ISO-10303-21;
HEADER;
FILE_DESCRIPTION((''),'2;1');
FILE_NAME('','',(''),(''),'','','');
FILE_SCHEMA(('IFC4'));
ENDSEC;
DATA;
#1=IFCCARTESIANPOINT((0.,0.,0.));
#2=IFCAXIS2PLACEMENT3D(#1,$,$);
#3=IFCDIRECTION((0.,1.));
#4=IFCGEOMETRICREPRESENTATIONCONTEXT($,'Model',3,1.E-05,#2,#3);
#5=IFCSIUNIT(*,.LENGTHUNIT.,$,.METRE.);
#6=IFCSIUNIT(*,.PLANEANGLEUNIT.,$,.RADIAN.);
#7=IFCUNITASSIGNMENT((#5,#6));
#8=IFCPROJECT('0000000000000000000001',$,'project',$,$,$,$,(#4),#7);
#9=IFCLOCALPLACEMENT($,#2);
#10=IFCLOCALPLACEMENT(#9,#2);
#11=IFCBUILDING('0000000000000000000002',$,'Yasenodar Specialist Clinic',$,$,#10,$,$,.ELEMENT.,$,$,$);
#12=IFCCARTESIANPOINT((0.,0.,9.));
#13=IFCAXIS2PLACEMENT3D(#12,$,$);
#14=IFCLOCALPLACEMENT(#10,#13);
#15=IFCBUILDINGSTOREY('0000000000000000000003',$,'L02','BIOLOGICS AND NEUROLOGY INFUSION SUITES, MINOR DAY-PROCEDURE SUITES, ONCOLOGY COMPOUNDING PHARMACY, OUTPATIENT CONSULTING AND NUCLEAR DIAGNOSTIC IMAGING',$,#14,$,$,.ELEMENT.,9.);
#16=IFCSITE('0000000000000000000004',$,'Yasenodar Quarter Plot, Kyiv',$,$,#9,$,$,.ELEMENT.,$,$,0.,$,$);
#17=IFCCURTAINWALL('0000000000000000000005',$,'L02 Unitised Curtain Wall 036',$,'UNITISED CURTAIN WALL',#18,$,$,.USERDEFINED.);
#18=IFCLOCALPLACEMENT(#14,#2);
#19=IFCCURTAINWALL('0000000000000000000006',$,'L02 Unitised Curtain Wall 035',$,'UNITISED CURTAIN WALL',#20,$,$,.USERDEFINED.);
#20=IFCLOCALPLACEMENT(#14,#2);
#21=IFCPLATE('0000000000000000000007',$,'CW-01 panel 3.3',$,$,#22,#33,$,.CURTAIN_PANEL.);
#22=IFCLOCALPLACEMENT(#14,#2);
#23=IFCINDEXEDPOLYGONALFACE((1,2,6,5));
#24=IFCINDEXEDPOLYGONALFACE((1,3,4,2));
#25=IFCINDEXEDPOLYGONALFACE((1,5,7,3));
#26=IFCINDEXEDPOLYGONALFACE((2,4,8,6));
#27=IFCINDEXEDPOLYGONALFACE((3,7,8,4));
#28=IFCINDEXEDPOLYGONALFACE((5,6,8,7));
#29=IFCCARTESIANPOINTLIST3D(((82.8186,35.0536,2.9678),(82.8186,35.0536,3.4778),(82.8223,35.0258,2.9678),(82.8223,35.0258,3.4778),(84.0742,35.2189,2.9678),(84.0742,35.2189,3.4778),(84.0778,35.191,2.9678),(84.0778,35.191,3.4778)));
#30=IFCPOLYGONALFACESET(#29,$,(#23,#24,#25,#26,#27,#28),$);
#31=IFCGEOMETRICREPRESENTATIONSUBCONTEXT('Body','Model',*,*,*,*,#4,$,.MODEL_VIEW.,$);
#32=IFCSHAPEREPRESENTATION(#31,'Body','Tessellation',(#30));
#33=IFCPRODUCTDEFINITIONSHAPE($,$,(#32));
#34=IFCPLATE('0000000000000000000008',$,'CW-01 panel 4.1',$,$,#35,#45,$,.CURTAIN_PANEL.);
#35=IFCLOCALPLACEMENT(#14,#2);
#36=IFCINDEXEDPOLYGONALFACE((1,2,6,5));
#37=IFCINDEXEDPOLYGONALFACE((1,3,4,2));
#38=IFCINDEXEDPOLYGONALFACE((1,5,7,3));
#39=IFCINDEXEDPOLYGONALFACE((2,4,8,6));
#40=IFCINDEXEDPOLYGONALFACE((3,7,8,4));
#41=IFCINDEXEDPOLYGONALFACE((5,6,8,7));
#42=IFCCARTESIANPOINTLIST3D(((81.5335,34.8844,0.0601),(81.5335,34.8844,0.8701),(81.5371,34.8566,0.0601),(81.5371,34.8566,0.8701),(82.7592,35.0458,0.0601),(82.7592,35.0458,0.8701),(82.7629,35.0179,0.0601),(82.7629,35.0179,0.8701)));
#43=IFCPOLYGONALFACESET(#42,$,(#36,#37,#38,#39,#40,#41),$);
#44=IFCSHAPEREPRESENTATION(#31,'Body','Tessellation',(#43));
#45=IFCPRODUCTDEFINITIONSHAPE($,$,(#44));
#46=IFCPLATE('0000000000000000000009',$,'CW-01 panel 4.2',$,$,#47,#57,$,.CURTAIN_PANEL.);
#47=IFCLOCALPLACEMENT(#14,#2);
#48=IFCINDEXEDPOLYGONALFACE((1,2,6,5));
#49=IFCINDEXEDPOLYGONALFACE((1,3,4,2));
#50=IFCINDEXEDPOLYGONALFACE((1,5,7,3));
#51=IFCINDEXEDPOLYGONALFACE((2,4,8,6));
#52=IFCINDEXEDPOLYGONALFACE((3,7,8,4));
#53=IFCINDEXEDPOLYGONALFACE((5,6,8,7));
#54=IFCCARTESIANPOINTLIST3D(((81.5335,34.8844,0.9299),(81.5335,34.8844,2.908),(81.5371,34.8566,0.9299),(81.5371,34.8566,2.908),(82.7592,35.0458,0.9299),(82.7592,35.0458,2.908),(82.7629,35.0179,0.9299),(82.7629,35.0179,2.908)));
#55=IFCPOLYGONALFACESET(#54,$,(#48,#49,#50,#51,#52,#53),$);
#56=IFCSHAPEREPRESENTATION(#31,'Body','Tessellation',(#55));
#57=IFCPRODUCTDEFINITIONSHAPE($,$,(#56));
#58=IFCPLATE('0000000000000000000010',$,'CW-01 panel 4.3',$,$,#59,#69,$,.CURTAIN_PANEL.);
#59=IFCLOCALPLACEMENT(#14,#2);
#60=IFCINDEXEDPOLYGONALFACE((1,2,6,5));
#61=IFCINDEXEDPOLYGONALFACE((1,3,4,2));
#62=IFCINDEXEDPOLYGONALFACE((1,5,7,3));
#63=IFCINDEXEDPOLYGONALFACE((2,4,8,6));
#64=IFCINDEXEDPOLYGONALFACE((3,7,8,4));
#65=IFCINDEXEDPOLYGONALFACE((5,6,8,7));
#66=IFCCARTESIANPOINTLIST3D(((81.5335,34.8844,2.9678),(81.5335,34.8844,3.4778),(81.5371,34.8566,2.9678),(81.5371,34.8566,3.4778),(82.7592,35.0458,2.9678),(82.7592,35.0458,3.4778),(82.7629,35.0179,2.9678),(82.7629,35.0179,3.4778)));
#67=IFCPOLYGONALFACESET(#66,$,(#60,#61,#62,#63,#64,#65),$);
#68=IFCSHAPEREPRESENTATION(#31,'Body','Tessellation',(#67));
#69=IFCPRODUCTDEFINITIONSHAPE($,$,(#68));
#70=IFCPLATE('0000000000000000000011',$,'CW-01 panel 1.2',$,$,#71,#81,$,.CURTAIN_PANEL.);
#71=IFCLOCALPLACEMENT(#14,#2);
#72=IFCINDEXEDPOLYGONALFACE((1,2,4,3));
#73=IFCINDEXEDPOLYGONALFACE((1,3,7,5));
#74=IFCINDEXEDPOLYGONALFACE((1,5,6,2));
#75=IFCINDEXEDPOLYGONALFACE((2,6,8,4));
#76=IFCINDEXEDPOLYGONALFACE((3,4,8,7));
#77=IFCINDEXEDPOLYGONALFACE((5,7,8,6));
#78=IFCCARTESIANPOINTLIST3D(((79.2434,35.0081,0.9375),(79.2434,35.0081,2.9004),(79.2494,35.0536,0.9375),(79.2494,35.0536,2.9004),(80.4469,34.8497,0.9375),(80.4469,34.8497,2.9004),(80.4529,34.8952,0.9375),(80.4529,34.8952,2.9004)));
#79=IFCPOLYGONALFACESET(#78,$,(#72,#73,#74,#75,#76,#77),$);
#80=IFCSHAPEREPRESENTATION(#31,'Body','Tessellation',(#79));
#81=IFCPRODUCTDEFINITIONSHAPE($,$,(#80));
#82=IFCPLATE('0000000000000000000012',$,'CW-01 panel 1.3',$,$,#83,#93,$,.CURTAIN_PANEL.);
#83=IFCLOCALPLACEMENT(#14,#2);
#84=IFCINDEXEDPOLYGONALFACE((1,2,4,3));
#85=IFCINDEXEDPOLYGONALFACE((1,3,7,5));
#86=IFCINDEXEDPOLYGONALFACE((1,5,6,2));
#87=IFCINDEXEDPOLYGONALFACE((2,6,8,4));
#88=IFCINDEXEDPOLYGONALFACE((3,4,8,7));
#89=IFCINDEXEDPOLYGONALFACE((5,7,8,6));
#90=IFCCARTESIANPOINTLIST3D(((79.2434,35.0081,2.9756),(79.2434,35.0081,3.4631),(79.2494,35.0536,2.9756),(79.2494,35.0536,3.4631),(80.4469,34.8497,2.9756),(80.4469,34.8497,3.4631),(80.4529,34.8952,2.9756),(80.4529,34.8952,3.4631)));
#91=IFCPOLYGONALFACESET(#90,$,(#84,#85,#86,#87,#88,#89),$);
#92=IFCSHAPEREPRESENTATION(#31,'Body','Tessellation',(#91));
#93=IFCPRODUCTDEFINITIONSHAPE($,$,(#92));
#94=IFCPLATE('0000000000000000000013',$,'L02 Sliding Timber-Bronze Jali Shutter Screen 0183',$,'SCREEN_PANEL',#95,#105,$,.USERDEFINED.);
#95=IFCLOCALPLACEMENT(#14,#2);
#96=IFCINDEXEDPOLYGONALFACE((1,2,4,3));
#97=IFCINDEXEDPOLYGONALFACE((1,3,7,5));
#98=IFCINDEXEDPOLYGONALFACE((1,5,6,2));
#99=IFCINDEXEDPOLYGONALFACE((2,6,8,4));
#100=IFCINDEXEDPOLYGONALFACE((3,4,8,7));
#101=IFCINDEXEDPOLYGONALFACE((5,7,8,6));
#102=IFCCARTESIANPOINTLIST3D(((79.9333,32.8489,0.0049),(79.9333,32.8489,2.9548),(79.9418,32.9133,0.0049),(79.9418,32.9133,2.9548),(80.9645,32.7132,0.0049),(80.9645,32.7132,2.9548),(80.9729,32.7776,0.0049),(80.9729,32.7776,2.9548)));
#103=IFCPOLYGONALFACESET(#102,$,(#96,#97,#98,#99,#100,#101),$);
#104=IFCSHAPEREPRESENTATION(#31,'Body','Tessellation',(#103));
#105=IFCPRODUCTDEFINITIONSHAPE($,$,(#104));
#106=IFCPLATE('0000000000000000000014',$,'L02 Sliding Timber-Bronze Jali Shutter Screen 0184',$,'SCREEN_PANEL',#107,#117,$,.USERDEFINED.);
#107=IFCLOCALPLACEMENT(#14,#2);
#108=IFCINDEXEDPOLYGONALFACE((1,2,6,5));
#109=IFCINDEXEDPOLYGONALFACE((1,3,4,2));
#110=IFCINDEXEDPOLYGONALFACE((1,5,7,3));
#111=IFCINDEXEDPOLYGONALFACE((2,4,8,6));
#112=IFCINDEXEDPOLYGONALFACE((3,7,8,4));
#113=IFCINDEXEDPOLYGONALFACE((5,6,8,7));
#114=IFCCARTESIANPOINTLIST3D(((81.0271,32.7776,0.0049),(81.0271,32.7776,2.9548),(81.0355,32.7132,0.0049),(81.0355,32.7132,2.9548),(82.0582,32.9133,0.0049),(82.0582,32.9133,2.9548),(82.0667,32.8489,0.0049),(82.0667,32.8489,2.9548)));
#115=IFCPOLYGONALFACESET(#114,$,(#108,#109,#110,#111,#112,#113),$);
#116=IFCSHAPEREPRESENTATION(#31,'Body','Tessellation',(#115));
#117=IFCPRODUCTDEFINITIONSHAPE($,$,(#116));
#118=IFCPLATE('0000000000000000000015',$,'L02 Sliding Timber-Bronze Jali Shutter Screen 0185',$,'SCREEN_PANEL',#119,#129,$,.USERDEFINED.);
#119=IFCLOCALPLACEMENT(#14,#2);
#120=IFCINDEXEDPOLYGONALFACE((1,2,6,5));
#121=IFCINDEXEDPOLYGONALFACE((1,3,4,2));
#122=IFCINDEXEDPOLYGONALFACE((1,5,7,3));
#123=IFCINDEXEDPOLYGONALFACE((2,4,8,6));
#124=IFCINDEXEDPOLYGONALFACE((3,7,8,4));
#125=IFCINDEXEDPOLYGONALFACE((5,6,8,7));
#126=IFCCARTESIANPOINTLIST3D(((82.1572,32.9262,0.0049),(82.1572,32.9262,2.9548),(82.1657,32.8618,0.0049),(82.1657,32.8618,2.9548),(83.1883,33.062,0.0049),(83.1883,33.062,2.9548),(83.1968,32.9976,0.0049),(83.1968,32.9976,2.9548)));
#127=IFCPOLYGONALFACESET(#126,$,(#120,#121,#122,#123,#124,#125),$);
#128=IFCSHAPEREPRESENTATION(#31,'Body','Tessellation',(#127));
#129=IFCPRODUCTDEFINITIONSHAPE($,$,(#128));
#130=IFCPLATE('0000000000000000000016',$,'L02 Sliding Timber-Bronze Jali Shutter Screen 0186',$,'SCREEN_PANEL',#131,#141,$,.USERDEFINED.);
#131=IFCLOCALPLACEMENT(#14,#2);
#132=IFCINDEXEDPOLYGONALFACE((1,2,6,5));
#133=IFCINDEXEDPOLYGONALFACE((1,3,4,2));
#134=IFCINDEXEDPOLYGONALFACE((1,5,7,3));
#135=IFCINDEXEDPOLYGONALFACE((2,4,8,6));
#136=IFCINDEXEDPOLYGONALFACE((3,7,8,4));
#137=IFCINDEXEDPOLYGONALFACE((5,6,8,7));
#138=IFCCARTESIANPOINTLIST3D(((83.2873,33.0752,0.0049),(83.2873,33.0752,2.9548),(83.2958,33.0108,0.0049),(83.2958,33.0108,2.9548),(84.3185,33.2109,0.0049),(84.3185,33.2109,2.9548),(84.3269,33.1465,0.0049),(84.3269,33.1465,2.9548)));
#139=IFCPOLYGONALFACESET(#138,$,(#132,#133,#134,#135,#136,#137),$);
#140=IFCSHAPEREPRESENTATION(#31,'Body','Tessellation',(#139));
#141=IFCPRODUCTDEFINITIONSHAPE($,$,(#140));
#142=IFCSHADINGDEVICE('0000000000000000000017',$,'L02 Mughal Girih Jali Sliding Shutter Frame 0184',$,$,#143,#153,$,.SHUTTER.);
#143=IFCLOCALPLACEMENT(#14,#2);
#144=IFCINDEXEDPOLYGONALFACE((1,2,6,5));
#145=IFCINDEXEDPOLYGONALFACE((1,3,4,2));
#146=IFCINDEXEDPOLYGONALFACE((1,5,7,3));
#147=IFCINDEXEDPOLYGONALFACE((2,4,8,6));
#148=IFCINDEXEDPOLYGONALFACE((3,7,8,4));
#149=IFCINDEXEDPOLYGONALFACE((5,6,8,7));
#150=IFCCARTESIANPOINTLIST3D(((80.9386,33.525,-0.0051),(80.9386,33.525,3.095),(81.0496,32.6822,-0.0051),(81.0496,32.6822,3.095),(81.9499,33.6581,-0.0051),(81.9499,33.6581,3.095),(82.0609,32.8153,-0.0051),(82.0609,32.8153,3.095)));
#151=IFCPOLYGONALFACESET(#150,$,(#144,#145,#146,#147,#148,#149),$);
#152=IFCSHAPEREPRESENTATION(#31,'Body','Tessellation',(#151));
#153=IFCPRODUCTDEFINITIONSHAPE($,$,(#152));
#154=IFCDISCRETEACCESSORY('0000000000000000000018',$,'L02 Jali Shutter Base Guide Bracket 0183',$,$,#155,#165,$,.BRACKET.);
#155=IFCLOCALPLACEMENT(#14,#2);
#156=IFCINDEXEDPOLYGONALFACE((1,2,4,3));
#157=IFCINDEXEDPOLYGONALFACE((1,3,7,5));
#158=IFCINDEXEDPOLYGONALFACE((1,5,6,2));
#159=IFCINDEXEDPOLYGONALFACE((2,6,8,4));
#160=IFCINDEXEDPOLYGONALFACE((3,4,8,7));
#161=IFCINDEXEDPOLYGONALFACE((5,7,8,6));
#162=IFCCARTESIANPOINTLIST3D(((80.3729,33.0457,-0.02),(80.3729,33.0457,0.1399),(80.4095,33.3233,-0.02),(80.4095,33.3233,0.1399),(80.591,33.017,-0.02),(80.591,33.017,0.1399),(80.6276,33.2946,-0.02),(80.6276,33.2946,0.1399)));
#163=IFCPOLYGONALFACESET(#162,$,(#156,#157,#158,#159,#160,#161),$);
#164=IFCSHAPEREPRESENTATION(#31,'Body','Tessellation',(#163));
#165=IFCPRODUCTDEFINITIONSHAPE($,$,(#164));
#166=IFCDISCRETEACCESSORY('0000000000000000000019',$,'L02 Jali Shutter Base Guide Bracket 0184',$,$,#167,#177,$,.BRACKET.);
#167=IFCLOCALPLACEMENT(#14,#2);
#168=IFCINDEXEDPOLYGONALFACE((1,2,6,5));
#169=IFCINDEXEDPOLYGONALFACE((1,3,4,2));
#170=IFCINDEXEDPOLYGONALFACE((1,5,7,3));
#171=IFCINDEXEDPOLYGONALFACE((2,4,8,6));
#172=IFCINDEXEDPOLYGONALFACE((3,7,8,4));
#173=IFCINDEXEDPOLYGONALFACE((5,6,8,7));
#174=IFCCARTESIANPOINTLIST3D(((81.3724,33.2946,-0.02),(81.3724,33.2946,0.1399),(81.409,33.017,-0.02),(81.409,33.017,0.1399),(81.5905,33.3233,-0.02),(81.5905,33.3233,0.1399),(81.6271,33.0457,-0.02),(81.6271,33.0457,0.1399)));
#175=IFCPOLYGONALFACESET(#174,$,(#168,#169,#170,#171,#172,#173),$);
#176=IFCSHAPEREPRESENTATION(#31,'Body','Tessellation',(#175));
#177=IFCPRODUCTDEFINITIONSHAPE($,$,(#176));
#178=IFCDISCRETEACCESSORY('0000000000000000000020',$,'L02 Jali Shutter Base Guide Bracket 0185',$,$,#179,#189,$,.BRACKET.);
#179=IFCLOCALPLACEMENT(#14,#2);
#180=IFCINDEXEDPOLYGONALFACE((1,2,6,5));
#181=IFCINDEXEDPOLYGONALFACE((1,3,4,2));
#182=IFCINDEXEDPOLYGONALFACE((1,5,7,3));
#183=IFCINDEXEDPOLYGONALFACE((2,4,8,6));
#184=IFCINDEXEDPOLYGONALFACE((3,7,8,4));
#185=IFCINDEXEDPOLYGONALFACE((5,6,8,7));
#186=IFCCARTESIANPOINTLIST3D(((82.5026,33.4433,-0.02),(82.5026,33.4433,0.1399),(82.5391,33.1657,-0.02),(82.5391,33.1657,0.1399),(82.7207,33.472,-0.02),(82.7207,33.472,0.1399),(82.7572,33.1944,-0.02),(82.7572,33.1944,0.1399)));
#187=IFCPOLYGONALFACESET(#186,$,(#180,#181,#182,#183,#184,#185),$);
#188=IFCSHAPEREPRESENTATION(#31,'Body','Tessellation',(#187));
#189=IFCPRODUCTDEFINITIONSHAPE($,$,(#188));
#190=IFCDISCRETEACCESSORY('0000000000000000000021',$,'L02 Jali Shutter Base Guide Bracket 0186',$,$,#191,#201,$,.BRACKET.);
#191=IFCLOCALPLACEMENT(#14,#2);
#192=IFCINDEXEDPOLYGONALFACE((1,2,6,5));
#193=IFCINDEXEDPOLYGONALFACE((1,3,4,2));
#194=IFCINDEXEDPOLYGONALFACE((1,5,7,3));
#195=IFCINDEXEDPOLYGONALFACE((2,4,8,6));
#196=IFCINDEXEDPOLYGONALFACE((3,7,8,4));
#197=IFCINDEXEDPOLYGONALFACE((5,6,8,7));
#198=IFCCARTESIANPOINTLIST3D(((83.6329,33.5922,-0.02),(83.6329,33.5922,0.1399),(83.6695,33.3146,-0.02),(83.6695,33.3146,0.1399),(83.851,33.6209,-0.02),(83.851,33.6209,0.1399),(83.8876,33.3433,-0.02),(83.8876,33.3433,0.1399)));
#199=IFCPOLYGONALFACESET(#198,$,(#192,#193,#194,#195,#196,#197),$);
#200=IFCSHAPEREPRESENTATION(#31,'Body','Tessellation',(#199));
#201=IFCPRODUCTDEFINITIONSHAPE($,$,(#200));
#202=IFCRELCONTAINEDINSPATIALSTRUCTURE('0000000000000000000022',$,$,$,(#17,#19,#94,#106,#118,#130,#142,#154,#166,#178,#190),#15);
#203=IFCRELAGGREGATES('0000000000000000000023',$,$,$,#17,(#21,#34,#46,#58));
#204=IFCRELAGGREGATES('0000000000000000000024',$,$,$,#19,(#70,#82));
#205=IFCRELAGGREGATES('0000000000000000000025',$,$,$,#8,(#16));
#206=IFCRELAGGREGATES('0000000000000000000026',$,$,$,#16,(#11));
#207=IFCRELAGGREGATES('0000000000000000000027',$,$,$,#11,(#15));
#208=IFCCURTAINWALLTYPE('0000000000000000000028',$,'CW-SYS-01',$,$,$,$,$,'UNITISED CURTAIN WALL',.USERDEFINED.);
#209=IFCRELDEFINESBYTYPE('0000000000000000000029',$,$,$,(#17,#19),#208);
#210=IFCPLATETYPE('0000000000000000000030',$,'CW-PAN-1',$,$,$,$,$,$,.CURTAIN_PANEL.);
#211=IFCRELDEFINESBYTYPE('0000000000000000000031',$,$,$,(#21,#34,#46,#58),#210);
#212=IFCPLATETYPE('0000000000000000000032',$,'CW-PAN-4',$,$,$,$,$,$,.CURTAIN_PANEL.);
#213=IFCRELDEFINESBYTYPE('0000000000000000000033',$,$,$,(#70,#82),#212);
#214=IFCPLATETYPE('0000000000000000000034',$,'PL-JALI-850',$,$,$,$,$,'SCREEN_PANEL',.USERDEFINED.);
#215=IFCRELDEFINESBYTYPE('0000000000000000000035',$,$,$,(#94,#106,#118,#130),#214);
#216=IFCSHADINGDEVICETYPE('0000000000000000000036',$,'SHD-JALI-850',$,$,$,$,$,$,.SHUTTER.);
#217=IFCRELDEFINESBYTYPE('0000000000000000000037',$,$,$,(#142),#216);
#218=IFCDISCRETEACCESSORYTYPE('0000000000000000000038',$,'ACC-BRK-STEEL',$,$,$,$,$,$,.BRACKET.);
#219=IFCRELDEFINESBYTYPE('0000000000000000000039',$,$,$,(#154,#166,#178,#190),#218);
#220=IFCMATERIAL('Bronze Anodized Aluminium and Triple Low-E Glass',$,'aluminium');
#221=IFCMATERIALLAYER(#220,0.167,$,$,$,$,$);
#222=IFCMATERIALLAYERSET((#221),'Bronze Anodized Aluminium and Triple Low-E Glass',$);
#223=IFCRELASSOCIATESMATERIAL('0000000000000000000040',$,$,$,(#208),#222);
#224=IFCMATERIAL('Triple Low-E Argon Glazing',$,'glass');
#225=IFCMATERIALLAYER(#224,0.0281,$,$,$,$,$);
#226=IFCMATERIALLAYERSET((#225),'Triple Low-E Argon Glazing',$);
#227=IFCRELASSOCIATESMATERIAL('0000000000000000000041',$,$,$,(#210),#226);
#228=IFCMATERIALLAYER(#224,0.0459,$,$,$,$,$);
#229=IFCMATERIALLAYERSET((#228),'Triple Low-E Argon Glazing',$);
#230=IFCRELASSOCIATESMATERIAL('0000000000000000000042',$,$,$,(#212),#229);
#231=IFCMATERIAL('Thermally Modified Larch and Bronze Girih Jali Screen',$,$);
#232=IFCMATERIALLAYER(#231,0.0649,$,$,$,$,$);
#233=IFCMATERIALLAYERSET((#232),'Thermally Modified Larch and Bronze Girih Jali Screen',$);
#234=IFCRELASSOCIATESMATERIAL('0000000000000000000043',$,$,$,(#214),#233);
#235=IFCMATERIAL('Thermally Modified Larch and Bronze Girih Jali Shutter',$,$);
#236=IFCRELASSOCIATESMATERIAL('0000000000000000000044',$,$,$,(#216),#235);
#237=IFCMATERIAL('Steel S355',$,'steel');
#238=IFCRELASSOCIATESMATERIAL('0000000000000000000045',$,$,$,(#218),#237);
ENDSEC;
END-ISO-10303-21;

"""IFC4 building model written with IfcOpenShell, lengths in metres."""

from ifc_helpers import new_model, si_unit, direction, frame, origin, origin_2d, place, context, subcontext, project, spatial, rectangle, extrude, material, layer, layer_set, type_object, element, aggregate, save


model = new_model("IFC4")

# Units and contexts
model_context = context("Model", 3, precision=1e-05, world=origin(), true_north=direction((0.0, 1.0)))
body_context = subcontext(model_context, "Body", "Model", "MODEL_VIEW")
ifc_project = project(units=[si_unit("LENGTHUNIT", "METRE"), si_unit("PLANEANGLEUNIT", "RADIAN")], contexts=[model_context])

# Site, building, storey
site_placement = place(None, origin())
site = spatial("IfcSite", under=ifc_project, at=site_placement, Name="Yasenodar Quarter Plot, Kyiv", CompositionType="ELEMENT", RefElevation=0.0)
building_placement = place(site_placement, origin())
building = spatial("IfcBuilding", under=site, at=building_placement, Name="Yasenodar Specialist Clinic", CompositionType="ELEMENT")
storey_placement = place(building_placement, frame((0.0, 0.0, 9.0)))
storey = spatial("IfcBuildingStorey", under=building, at=storey_placement, Name="L02", Description="BIOLOGICS AND NEUROLOGY INFUSION SUITES, MINOR DAY-PROCEDURE SUITES, ONCOLOGY COMPOUNDING PHARMACY, OUTPATIENT CONSULTING AND NUCLEAR DIAGNOSTIC IMAGING", CompositionType="ELEMENT", Elevation=9.0)

# Shared definitions
ifc_material_1 = material(Name="Steel S355", Category="steel")

# Curtain wall
ifc_material_2 = material(Name="Bronze Anodized Aluminium and Triple Low-E Glass", Category="aluminium")
ifc_layer_1 = layer(ifc_material_2, 0.167)
ifc_layer_set_1 = layer_set([ifc_layer_1], Name="Bronze Anodized Aluminium and Triple Low-E Glass")
curtain_wall_type = type_object("IfcCurtainWallType", Name="CW-SYS-01", ElementType="UNITISED CURTAIN WALL", PredefinedType="USERDEFINED", material=ifc_layer_set_1)
curtain_wall_1_placement = place(storey_placement, origin())
curtain_wall_1 = element("IfcCurtainWall", 1, at=curtain_wall_1_placement, inside=storey, type_object=curtain_wall_type, Name="L02 Unitised Curtain Wall 036", ObjectType="UNITISED CURTAIN WALL", PredefinedType="USERDEFINED")

# Curtain wall
curtain_wall_2_placement = place(storey_placement, origin())
curtain_wall_2 = element("IfcCurtainWall", 2, at=curtain_wall_2_placement, inside=storey, type_object=curtain_wall_type, Name="L02 Unitised Curtain Wall 035", ObjectType="UNITISED CURTAIN WALL", PredefinedType="USERDEFINED")

# Plates
ifc_material_3 = material(Name="Triple Low-E Argon Glazing", Category="glass")
ifc_layer_2 = layer(ifc_material_3, 0.0281)
ifc_layer_set_2 = layer_set([ifc_layer_2], Name="Triple Low-E Argon Glazing")
plate_type_1 = type_object("IfcPlateType", Name="CW-PAN-1", PredefinedType="CURTAIN_PANEL", material=ifc_layer_set_2)
plate_1_placement = place(storey_placement, frame((83.4482, 35.1223, 2.9678), z_axis=(0.0, 0.0, 1.0), x_axis=(-0.991447, -0.130512, 0.0)))
plate_1 = element("IfcPlate", 3, at=plate_1_placement, type_object=plate_type_1, Name="CW-01 panel 3.3", PredefinedType="CURTAIN_PANEL", context=body_context, shape_type="SweptSolid", body=[
    extrude(rectangle(XDim=1.2664, YDim=0.0281, at=origin_2d()), origin(), (0.0, 0.0, 1.0), 0.51),
])
plate_2_placement = place(storey_placement, frame((82.1482, 34.9512, 0.0601), z_axis=(0.0, 0.0, 1.0), x_axis=(-0.991447, -0.130512, 0.0)))
plate_2 = element("IfcPlate", 4, at=plate_2_placement, type_object=plate_type_1, Name="CW-01 panel 4.1", PredefinedType="CURTAIN_PANEL", context=body_context, shape_type="SweptSolid", body=[
    extrude(rectangle(XDim=1.2363, YDim=0.0281, at=origin_2d()), origin(), (0.0, 0.0, 1.0), 0.8101),
])
plate_3_placement = place(storey_placement, frame((82.1482, 34.9512, 0.9299), z_axis=(0.0, 0.0, 1.0), x_axis=(-0.991447, -0.130512, 0.0)))
plate_3 = element("IfcPlate", 5, at=plate_3_placement, type_object=plate_type_1, Name="CW-01 panel 4.2", PredefinedType="CURTAIN_PANEL", context=body_context, shape_type="SweptSolid", body=[
    extrude(rectangle(XDim=1.2363, YDim=0.0281, at=origin_2d()), origin(), (0.0, 0.0, 1.0), 1.978),
])
plate_4_placement = place(storey_placement, frame((82.1482, 34.9512, 2.9678), z_axis=(0.0, 0.0, 1.0), x_axis=(-0.991447, -0.130512, 0.0)))
plate_4 = element("IfcPlate", 6, at=plate_4_placement, type_object=plate_type_1, Name="CW-01 panel 4.3", PredefinedType="CURTAIN_PANEL", context=body_context, shape_type="SweptSolid", body=[
    extrude(rectangle(XDim=1.2363, YDim=0.0281, at=origin_2d()), origin(), (0.0, 0.0, 1.0), 0.51),
])
aggregate(curtain_wall_1, [plate_1, plate_2, plate_3, plate_4])
ifc_layer_3 = layer(ifc_material_3, 0.0459)
ifc_layer_set_3 = layer_set([ifc_layer_3], Name="Triple Low-E Argon Glazing")
plate_type_2 = type_object("IfcPlateType", Name="CW-PAN-4", PredefinedType="CURTAIN_PANEL", material=ifc_layer_set_3)
plate_5_placement = place(storey_placement, frame((79.8481, 34.9517, 0.9375), z_axis=(0.0, 0.0, 1.0), x_axis=(-0.991447, 0.130512, 0.0)))
plate_5 = element("IfcPlate", 7, at=plate_5_placement, type_object=plate_type_2, Name="CW-01 panel 1.2", PredefinedType="CURTAIN_PANEL", context=body_context, shape_type="SweptSolid", body=[
    extrude(rectangle(XDim=1.2139, YDim=0.0459, at=origin_2d()), origin(), (0.0, 0.0, 1.0), 1.9629),
])
plate_6_placement = place(storey_placement, frame((79.8481, 34.9517, 2.9756), z_axis=(0.0, 0.0, 1.0), x_axis=(-0.991447, 0.130512, 0.0)))
plate_6 = element("IfcPlate", 8, at=plate_6_placement, type_object=plate_type_2, Name="CW-01 panel 1.3", PredefinedType="CURTAIN_PANEL", context=body_context, shape_type="SweptSolid", body=[
    extrude(rectangle(XDim=1.2139, YDim=0.0459, at=origin_2d()), origin(), (0.0, 0.0, 1.0), 0.4875),
])
aggregate(curtain_wall_2, [plate_5, plate_6])

# Plates
ifc_material_4 = material(Name="Thermally Modified Larch and Bronze Girih Jali Screen")
ifc_layer_4 = layer(ifc_material_4, 0.0649)
ifc_layer_set_4 = layer_set([ifc_layer_4], Name="Thermally Modified Larch and Bronze Girih Jali Screen")
plate_type_3 = type_object("IfcPlateType", Name="PL-JALI-850", ElementType="SCREEN_PANEL", PredefinedType="USERDEFINED", material=ifc_layer_set_4)
for number, where, z_axis, x_axis, name in (
    (9, (80.4531, 32.8132, 0.0049), (0.0, 0.0, 1.0), (0.991446, -0.130519, 0.0), "L02 Sliding Timber-Bronze Jali Shutter Screen 0183"),
    (10, (81.5469, 32.8132, 0.0049), (0.0, 0.0, 1.0), (0.991446, 0.130519, 0.0), "L02 Sliding Timber-Bronze Jali Shutter Screen 0184"),
    (11, (82.677, 32.9619, 0.0049), (0.0, 0.0, 1.0), (0.991446, 0.130519, 0.0), "L02 Sliding Timber-Bronze Jali Shutter Screen 0185"),
    (12, (83.8071, 33.1108, 0.0049), (0.0, 0.0, 1.0), (0.991446, 0.130519, 0.0), "L02 Sliding Timber-Bronze Jali Shutter Screen 0186"),
):
    element("IfcPlate", number, at=place(storey_placement, frame(where, z_axis=z_axis, x_axis=x_axis)), inside=storey, type_object=plate_type_3, Name=name, ObjectType="SCREEN_PANEL", PredefinedType="USERDEFINED", context=body_context, shape_type="SweptSolid", body=[
        extrude(rectangle(XDim=1.04, YDim=0.0649, at=origin_2d()), origin(), (0.0, 0.0, 1.0), 2.95),
    ])

# Shading device
ifc_material_5 = material(Name="Thermally Modified Larch and Bronze Girih Jali Shutter")
shading_device_type = type_object("IfcShadingDeviceType", Name="SHD-JALI-850", PredefinedType="SHUTTER", material=ifc_material_5)
shading_device_placement = place(storey_placement, frame((81.4998, 33.1702, -0.0051), z_axis=(0.0, 0.0, 1.0), x_axis=(0.991446, 0.130519, 0.0)))
element("IfcShadingDevice", 13, at=shading_device_placement, inside=storey, type_object=shading_device_type, Name="L02 Mughal Girih Jali Sliding Shutter Frame 0184", PredefinedType="SHUTTER", context=body_context, shape_type="SweptSolid", body=[
    extrude(rectangle(XDim=1.02, YDim=0.8501, at=origin_2d()), origin(), (0.0, 0.0, 1.0), 3.1001),
])

# Discrete accessories
discrete_accessory_type = type_object("IfcDiscreteAccessoryType", Name="ACC-BRK-STEEL", PredefinedType="BRACKET", material=ifc_material_1)
for number, where, z_axis, x_axis, name in (
    (14, (80.5002, 33.1702, -0.02), (0.0, 0.0, 1.0), (0.991446, -0.130519, 0.0), "L02 Jali Shutter Base Guide Bracket 0183"),
    (15, (81.4998, 33.1702, -0.02), (0.0, 0.0, 1.0), (0.991446, 0.130519, 0.0), "L02 Jali Shutter Base Guide Bracket 0184"),
    (16, (82.6299, 33.3188, -0.02), (0.0, 0.0, 1.0), (0.991446, 0.130519, 0.0), "L02 Jali Shutter Base Guide Bracket 0185"),
    (17, (83.7603, 33.4678, -0.02), (0.0, 0.0, 1.0), (0.991446, 0.130519, 0.0), "L02 Jali Shutter Base Guide Bracket 0186"),
):
    element("IfcDiscreteAccessory", number, at=place(storey_placement, frame(where, z_axis=z_axis, x_axis=x_axis)), inside=storey, type_object=discrete_accessory_type, Name=name, PredefinedType="BRACKET", context=body_context, shape_type="SweptSolid", body=[
        extrude(rectangle(XDim=0.22, YDim=0.28, at=origin_2d()), origin(), (0.0, 0.0, 1.0), 0.1599),
    ])

save(model, "model.ifc")
